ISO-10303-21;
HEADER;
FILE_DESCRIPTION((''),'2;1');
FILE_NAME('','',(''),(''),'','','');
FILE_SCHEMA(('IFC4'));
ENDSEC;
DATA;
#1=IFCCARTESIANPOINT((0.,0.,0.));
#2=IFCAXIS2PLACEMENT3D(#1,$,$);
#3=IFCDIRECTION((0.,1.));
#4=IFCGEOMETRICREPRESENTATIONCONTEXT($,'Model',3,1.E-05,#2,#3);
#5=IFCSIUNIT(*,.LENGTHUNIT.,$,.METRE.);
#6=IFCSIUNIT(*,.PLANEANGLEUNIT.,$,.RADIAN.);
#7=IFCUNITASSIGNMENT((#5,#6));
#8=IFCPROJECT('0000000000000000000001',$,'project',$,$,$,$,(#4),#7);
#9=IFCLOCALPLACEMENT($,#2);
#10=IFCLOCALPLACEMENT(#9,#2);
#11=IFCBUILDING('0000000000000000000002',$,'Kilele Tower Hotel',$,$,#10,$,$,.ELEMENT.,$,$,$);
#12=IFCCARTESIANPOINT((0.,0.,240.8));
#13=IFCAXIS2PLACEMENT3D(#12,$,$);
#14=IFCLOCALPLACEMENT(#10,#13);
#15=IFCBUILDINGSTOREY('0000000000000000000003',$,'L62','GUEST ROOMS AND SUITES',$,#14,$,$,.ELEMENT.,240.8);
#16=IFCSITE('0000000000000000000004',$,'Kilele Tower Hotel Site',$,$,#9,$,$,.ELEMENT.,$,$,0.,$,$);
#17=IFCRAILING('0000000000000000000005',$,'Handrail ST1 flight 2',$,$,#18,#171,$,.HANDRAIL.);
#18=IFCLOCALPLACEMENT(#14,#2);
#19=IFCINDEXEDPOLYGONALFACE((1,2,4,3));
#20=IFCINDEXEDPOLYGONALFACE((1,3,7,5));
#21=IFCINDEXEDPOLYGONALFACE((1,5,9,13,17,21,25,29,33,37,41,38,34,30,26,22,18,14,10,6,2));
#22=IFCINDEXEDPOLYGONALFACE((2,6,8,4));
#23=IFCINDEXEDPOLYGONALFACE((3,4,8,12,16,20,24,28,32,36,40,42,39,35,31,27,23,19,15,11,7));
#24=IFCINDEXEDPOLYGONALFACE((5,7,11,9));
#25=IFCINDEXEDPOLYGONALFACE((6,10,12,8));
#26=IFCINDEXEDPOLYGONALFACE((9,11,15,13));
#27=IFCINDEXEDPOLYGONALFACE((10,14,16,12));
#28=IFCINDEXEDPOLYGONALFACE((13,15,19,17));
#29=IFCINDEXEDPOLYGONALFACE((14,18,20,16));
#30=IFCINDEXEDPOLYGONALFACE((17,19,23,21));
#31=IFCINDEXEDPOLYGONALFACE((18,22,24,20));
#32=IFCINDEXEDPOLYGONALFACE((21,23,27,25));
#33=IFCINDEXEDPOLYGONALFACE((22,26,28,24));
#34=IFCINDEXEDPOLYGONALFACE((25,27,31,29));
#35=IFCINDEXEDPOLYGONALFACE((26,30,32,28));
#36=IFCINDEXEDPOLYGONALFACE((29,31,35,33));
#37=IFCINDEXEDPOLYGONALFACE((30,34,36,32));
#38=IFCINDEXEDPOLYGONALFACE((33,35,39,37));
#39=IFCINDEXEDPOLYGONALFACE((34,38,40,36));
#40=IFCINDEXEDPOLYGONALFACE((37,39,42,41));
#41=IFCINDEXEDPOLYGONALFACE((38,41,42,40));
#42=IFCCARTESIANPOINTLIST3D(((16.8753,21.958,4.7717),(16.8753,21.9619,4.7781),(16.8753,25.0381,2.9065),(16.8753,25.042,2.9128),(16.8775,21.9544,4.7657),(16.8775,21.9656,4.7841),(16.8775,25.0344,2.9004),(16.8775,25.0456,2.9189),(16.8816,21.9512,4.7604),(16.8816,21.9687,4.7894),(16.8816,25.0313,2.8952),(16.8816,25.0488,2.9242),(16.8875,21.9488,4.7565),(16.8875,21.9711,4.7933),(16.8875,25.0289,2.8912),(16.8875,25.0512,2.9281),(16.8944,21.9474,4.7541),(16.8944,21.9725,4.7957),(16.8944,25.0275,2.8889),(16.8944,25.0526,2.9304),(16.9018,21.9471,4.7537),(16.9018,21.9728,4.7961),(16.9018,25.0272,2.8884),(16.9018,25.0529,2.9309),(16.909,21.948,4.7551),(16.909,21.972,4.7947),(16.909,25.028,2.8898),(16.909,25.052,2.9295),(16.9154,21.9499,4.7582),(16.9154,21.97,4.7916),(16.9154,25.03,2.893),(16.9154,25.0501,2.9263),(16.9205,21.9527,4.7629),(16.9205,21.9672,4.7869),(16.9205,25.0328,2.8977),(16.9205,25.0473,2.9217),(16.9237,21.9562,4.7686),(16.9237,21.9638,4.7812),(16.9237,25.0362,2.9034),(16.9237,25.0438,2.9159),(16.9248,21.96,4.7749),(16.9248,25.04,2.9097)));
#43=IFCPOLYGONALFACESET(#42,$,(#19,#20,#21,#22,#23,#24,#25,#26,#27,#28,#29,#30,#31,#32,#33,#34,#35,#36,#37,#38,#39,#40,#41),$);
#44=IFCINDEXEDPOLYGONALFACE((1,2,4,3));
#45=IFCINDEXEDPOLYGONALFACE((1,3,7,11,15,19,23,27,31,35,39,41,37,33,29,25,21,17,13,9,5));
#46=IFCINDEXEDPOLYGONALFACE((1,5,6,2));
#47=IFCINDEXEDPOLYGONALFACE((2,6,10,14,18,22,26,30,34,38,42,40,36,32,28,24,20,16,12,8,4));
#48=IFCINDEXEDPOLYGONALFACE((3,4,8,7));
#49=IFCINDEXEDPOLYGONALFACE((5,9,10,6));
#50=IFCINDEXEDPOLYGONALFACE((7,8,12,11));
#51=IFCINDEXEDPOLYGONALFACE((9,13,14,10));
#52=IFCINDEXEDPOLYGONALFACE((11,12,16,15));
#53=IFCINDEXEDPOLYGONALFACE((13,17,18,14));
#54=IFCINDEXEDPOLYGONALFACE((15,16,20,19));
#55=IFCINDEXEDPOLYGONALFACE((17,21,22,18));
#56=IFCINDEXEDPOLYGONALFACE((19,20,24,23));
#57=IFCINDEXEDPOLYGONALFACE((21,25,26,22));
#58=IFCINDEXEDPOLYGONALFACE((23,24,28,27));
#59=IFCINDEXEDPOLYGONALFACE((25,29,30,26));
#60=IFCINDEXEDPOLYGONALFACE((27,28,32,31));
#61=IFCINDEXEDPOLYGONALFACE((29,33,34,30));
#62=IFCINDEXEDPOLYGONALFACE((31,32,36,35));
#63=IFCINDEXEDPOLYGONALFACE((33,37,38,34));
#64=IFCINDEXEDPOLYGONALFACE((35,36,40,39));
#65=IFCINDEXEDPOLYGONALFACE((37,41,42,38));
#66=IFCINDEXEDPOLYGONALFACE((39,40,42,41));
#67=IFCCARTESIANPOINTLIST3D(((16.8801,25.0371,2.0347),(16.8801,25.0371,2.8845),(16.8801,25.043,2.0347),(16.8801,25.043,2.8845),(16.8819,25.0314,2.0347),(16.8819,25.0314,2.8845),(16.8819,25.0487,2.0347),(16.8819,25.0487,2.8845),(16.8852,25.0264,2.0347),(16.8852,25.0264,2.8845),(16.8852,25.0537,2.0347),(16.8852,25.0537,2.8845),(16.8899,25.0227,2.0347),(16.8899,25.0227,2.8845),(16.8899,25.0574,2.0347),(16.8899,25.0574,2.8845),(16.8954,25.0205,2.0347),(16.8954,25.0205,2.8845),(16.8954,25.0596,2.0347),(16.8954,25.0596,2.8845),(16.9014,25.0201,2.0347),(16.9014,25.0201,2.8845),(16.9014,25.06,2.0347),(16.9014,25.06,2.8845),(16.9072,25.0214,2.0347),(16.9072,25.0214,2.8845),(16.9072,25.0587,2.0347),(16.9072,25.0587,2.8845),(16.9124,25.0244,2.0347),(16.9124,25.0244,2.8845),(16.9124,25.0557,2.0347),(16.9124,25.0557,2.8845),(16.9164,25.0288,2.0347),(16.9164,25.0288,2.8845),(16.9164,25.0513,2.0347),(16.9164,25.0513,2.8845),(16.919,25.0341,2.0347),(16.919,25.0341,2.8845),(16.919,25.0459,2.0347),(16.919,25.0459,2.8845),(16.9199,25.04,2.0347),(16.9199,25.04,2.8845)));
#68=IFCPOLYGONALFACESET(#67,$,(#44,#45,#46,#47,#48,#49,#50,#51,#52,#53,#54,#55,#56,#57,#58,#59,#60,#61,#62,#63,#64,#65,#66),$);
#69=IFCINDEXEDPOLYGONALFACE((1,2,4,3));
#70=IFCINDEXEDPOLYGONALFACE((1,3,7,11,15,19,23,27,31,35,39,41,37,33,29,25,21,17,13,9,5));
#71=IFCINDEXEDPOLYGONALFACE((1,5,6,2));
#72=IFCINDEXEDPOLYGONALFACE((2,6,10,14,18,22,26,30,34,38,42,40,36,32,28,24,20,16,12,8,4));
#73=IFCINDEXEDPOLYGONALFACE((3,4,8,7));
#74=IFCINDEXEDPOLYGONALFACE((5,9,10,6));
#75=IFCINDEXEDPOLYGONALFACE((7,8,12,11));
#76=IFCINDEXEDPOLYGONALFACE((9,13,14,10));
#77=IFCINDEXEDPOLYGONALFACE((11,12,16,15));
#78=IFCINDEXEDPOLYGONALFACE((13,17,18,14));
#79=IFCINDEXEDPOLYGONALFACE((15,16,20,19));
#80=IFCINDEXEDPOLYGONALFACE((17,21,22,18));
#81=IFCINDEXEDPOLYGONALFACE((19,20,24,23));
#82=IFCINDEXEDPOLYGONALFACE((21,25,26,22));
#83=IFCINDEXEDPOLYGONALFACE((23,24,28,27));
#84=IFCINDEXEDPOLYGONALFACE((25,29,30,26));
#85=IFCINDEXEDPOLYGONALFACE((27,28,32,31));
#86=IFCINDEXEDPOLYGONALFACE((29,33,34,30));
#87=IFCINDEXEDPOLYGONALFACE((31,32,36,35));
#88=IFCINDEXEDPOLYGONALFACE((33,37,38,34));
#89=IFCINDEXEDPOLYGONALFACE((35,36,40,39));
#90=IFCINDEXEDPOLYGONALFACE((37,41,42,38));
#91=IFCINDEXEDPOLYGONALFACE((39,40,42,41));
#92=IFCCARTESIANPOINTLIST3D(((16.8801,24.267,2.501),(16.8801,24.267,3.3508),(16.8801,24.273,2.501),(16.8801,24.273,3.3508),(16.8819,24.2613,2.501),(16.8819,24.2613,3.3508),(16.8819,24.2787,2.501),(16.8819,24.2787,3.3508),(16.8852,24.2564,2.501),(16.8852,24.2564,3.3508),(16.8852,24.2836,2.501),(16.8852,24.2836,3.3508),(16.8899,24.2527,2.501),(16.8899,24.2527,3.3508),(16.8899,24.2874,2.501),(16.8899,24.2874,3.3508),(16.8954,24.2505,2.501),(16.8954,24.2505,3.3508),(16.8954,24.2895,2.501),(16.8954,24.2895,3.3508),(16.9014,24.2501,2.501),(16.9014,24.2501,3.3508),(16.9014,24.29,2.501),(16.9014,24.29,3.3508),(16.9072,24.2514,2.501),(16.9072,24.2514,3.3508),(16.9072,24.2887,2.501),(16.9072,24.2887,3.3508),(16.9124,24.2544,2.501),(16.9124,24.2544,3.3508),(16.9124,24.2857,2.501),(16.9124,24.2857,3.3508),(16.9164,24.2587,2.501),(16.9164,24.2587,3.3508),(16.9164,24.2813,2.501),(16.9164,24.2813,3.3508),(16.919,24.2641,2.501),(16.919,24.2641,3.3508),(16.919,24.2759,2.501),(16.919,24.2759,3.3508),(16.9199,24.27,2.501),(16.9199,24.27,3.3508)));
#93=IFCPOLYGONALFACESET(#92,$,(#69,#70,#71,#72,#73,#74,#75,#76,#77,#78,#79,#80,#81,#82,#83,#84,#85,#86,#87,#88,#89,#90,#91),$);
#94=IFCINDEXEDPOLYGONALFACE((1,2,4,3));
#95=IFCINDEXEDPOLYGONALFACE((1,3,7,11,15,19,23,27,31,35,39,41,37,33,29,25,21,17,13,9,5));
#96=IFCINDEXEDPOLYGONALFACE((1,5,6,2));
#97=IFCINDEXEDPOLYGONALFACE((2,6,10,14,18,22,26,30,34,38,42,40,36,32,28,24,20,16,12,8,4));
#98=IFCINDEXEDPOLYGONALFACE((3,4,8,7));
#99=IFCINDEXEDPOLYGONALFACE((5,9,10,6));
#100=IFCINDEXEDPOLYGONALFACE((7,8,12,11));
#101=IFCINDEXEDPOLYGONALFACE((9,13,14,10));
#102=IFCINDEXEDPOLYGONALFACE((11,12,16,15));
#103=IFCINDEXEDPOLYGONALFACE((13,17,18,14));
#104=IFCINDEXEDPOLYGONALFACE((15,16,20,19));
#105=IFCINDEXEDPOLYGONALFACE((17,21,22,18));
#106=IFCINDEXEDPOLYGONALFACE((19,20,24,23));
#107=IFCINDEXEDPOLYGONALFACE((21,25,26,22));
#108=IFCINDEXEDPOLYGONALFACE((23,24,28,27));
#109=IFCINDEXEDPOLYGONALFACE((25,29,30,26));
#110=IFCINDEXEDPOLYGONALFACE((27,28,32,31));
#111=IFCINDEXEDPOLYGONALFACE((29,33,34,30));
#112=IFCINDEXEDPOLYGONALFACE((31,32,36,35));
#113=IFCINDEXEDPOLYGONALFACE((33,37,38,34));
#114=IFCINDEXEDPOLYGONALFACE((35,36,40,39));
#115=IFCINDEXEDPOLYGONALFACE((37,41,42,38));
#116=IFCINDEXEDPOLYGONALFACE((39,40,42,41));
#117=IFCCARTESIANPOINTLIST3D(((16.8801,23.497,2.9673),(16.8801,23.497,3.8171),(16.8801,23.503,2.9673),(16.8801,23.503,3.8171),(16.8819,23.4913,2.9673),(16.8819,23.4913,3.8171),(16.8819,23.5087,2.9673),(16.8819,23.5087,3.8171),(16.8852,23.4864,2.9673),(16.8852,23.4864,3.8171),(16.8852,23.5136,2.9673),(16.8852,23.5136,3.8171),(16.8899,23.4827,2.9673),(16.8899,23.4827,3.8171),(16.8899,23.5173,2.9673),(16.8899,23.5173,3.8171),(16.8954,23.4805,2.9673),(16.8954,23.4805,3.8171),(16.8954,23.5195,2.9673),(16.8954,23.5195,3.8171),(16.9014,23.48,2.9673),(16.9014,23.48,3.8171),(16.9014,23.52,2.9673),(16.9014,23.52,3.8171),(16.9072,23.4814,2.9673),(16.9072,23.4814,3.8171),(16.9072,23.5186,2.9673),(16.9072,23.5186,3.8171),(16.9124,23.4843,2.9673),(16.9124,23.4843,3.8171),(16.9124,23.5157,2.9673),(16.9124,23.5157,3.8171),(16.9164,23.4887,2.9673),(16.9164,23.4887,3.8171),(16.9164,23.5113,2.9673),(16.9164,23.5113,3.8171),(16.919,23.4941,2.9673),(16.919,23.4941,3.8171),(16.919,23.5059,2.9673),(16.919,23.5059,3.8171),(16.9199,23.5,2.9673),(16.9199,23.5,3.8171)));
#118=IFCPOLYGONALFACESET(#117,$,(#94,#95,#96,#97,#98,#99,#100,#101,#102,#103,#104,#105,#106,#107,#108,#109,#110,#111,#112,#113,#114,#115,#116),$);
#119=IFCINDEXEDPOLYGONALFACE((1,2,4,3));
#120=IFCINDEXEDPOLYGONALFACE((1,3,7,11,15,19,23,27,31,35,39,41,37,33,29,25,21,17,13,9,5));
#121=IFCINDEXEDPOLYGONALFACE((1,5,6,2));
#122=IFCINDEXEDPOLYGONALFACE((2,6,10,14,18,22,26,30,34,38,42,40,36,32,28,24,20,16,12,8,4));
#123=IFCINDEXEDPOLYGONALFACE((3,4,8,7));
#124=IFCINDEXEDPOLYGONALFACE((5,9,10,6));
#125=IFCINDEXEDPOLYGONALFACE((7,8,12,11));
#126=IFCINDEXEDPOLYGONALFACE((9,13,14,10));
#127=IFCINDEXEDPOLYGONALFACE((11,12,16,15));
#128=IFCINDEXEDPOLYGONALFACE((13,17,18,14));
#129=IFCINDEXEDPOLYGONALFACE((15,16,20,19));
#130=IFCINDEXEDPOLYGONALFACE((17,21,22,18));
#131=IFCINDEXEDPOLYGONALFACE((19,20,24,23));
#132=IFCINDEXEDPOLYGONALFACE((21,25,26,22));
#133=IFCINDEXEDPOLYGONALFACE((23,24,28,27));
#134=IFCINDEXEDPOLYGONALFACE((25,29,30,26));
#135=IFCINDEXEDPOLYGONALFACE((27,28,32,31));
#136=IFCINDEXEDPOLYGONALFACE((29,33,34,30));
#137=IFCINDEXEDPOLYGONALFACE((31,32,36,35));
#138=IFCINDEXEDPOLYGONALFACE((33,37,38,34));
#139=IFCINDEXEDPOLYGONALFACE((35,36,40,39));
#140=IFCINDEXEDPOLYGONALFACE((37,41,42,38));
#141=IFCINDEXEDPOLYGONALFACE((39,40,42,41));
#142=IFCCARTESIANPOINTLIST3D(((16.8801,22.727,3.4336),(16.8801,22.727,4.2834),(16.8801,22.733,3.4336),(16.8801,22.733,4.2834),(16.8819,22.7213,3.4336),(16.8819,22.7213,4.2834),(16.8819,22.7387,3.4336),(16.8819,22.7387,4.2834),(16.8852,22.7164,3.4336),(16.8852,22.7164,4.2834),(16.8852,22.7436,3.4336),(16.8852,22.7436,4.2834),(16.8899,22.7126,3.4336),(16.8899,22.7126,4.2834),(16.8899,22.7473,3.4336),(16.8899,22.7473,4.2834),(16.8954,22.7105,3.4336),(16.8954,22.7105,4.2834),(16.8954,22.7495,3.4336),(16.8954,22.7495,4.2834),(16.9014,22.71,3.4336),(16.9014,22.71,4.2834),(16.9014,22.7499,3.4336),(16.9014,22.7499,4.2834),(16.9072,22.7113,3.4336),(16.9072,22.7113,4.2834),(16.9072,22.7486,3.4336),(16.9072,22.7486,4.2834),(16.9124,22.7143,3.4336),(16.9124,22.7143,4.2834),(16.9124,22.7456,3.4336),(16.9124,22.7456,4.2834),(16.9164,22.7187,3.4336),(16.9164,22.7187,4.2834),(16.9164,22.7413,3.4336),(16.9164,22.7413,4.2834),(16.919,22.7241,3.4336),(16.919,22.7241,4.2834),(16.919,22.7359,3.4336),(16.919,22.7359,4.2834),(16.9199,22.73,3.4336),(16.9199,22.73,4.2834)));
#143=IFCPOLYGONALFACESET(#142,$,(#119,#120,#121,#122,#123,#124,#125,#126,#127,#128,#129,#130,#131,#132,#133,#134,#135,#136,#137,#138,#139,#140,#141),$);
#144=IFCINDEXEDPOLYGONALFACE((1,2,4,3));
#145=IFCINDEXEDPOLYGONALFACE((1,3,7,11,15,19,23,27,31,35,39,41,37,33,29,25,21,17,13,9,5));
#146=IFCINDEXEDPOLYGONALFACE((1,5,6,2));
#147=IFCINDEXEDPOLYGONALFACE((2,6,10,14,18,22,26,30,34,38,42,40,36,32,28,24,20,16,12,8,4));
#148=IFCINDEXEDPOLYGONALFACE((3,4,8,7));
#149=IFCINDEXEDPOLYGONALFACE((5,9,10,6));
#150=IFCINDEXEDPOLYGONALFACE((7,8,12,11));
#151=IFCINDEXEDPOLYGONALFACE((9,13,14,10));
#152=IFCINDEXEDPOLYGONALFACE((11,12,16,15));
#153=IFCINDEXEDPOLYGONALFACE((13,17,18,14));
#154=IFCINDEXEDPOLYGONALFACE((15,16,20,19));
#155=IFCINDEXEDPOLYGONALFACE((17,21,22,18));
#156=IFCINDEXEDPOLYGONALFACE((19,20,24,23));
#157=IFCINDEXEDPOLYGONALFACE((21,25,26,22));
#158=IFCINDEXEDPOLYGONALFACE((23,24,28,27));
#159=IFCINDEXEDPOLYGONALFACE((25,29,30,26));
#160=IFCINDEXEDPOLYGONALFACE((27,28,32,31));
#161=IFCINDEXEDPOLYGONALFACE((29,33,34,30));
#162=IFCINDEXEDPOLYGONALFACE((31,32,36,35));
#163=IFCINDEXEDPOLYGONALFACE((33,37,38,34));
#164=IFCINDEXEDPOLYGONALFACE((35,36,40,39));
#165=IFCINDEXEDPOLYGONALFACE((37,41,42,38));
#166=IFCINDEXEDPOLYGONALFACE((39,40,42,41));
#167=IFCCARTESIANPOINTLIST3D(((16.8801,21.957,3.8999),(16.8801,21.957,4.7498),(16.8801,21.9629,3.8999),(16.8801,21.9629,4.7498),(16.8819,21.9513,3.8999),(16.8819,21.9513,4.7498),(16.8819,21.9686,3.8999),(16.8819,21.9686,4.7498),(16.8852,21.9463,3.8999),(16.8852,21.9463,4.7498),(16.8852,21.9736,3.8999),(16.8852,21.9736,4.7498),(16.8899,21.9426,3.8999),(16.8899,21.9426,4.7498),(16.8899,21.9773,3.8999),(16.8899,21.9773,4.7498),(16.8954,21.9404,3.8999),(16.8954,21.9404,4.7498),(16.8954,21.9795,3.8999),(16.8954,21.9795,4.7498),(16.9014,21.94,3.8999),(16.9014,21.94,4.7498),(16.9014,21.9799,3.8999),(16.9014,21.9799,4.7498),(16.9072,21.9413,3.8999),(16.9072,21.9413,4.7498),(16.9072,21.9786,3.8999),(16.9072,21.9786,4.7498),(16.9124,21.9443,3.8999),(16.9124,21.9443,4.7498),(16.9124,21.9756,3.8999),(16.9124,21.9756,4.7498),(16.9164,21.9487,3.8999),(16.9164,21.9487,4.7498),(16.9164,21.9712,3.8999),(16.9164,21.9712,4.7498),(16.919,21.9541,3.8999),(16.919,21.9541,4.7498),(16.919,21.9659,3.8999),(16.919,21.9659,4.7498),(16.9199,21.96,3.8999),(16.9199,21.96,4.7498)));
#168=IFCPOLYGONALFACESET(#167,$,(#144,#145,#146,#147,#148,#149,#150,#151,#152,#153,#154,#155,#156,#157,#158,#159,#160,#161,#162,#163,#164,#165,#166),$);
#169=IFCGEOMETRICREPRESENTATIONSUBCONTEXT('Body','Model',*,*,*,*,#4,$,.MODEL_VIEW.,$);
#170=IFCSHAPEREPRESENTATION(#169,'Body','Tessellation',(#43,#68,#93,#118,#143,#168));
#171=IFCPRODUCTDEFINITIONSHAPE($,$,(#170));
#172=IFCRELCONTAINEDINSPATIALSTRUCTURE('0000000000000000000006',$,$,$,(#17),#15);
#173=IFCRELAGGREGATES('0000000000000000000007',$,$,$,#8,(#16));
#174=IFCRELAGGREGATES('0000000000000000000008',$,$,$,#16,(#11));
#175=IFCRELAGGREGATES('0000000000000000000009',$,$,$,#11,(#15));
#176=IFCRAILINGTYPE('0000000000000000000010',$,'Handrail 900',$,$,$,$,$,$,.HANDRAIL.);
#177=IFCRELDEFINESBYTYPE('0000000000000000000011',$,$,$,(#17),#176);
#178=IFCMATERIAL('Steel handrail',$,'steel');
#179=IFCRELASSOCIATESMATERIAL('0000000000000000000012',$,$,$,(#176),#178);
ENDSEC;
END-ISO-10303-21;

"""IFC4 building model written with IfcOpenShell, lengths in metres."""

from ifc_helpers import new_model, si_unit, direction, frame, origin, origin_2d, place, context, subcontext, project, spatial, circle, extrude, material, type_object, element, save


model = new_model("IFC4")

# Units and contexts
model_context = context("Model", 3, precision=1e-05, world=origin(), true_north=direction((0.0, 1.0)))
body_context = subcontext(model_context, "Body", "Model", "MODEL_VIEW")
ifc_project = project(units=[si_unit("LENGTHUNIT", "METRE"), si_unit("PLANEANGLEUNIT", "RADIAN")], contexts=[model_context])

# Site, building, storey
site_placement = place(None, origin())
site = spatial("IfcSite", under=ifc_project, at=site_placement, Name="Kilele Tower Hotel Site", CompositionType="ELEMENT", RefElevation=0.0)
building_placement = place(site_placement, origin())
building = spatial("IfcBuilding", under=site, at=building_placement, Name="Kilele Tower Hotel", CompositionType="ELEMENT")
storey_placement = place(building_placement, frame((0.0, 0.0, 240.8)))
storey = spatial("IfcBuildingStorey", under=building, at=storey_placement, Name="L62", Description="GUEST ROOMS AND SUITES", CompositionType="ELEMENT", Elevation=240.8)

# Railing
ifc_material_1 = material(Name="Steel handrail", Category="steel")
railing_type_1 = type_object("IfcRailingType", Name="Handrail 900", PredefinedType="HANDRAIL", material=ifc_material_1)
for number, where, name in (
    (1, (16.8999, 25.04, 2.0347), "Handrail ST1 flight 2"),
):
    element("IfcRailing", number, at=place(storey_placement, frame(where)), inside=storey, type_object=railing_type_1, Name=name, PredefinedType="HANDRAIL", context=body_context, shape_type="SweptSolid", body=[
        extrude(circle(Radius=0.0249, at=origin_2d()), frame((0.0, 0.0, 0.875), z_axis=(0.0, -0.85538, 0.518001), x_axis=(1.0, 0.0, 0.0)), (0.0, 0.0, 1.0), 3.6008),
        extrude(circle(Radius=0.02, at=origin_2d()), origin(), (0.0, 0.0, 1.0), 0.8499),
        extrude(circle(Radius=0.02, at=origin_2d()), frame((0.0, -0.77, 0.4663)), (0.0, 0.0, 1.0), 0.8499),
        extrude(circle(Radius=0.02, at=origin_2d()), frame((0.0, -1.54, 0.9326)), (0.0, 0.0, 1.0), 0.8499),
        extrude(circle(Radius=0.02, at=origin_2d()), frame((0.0, -2.3101, 1.3989)), (0.0, 0.0, 1.0), 0.8499),
        extrude(circle(Radius=0.02, at=origin_2d()), frame((0.0, -3.0801, 1.8652)), (0.0, 0.0, 1.0), 0.8499),
    ])

save(model, "model.ifc")
